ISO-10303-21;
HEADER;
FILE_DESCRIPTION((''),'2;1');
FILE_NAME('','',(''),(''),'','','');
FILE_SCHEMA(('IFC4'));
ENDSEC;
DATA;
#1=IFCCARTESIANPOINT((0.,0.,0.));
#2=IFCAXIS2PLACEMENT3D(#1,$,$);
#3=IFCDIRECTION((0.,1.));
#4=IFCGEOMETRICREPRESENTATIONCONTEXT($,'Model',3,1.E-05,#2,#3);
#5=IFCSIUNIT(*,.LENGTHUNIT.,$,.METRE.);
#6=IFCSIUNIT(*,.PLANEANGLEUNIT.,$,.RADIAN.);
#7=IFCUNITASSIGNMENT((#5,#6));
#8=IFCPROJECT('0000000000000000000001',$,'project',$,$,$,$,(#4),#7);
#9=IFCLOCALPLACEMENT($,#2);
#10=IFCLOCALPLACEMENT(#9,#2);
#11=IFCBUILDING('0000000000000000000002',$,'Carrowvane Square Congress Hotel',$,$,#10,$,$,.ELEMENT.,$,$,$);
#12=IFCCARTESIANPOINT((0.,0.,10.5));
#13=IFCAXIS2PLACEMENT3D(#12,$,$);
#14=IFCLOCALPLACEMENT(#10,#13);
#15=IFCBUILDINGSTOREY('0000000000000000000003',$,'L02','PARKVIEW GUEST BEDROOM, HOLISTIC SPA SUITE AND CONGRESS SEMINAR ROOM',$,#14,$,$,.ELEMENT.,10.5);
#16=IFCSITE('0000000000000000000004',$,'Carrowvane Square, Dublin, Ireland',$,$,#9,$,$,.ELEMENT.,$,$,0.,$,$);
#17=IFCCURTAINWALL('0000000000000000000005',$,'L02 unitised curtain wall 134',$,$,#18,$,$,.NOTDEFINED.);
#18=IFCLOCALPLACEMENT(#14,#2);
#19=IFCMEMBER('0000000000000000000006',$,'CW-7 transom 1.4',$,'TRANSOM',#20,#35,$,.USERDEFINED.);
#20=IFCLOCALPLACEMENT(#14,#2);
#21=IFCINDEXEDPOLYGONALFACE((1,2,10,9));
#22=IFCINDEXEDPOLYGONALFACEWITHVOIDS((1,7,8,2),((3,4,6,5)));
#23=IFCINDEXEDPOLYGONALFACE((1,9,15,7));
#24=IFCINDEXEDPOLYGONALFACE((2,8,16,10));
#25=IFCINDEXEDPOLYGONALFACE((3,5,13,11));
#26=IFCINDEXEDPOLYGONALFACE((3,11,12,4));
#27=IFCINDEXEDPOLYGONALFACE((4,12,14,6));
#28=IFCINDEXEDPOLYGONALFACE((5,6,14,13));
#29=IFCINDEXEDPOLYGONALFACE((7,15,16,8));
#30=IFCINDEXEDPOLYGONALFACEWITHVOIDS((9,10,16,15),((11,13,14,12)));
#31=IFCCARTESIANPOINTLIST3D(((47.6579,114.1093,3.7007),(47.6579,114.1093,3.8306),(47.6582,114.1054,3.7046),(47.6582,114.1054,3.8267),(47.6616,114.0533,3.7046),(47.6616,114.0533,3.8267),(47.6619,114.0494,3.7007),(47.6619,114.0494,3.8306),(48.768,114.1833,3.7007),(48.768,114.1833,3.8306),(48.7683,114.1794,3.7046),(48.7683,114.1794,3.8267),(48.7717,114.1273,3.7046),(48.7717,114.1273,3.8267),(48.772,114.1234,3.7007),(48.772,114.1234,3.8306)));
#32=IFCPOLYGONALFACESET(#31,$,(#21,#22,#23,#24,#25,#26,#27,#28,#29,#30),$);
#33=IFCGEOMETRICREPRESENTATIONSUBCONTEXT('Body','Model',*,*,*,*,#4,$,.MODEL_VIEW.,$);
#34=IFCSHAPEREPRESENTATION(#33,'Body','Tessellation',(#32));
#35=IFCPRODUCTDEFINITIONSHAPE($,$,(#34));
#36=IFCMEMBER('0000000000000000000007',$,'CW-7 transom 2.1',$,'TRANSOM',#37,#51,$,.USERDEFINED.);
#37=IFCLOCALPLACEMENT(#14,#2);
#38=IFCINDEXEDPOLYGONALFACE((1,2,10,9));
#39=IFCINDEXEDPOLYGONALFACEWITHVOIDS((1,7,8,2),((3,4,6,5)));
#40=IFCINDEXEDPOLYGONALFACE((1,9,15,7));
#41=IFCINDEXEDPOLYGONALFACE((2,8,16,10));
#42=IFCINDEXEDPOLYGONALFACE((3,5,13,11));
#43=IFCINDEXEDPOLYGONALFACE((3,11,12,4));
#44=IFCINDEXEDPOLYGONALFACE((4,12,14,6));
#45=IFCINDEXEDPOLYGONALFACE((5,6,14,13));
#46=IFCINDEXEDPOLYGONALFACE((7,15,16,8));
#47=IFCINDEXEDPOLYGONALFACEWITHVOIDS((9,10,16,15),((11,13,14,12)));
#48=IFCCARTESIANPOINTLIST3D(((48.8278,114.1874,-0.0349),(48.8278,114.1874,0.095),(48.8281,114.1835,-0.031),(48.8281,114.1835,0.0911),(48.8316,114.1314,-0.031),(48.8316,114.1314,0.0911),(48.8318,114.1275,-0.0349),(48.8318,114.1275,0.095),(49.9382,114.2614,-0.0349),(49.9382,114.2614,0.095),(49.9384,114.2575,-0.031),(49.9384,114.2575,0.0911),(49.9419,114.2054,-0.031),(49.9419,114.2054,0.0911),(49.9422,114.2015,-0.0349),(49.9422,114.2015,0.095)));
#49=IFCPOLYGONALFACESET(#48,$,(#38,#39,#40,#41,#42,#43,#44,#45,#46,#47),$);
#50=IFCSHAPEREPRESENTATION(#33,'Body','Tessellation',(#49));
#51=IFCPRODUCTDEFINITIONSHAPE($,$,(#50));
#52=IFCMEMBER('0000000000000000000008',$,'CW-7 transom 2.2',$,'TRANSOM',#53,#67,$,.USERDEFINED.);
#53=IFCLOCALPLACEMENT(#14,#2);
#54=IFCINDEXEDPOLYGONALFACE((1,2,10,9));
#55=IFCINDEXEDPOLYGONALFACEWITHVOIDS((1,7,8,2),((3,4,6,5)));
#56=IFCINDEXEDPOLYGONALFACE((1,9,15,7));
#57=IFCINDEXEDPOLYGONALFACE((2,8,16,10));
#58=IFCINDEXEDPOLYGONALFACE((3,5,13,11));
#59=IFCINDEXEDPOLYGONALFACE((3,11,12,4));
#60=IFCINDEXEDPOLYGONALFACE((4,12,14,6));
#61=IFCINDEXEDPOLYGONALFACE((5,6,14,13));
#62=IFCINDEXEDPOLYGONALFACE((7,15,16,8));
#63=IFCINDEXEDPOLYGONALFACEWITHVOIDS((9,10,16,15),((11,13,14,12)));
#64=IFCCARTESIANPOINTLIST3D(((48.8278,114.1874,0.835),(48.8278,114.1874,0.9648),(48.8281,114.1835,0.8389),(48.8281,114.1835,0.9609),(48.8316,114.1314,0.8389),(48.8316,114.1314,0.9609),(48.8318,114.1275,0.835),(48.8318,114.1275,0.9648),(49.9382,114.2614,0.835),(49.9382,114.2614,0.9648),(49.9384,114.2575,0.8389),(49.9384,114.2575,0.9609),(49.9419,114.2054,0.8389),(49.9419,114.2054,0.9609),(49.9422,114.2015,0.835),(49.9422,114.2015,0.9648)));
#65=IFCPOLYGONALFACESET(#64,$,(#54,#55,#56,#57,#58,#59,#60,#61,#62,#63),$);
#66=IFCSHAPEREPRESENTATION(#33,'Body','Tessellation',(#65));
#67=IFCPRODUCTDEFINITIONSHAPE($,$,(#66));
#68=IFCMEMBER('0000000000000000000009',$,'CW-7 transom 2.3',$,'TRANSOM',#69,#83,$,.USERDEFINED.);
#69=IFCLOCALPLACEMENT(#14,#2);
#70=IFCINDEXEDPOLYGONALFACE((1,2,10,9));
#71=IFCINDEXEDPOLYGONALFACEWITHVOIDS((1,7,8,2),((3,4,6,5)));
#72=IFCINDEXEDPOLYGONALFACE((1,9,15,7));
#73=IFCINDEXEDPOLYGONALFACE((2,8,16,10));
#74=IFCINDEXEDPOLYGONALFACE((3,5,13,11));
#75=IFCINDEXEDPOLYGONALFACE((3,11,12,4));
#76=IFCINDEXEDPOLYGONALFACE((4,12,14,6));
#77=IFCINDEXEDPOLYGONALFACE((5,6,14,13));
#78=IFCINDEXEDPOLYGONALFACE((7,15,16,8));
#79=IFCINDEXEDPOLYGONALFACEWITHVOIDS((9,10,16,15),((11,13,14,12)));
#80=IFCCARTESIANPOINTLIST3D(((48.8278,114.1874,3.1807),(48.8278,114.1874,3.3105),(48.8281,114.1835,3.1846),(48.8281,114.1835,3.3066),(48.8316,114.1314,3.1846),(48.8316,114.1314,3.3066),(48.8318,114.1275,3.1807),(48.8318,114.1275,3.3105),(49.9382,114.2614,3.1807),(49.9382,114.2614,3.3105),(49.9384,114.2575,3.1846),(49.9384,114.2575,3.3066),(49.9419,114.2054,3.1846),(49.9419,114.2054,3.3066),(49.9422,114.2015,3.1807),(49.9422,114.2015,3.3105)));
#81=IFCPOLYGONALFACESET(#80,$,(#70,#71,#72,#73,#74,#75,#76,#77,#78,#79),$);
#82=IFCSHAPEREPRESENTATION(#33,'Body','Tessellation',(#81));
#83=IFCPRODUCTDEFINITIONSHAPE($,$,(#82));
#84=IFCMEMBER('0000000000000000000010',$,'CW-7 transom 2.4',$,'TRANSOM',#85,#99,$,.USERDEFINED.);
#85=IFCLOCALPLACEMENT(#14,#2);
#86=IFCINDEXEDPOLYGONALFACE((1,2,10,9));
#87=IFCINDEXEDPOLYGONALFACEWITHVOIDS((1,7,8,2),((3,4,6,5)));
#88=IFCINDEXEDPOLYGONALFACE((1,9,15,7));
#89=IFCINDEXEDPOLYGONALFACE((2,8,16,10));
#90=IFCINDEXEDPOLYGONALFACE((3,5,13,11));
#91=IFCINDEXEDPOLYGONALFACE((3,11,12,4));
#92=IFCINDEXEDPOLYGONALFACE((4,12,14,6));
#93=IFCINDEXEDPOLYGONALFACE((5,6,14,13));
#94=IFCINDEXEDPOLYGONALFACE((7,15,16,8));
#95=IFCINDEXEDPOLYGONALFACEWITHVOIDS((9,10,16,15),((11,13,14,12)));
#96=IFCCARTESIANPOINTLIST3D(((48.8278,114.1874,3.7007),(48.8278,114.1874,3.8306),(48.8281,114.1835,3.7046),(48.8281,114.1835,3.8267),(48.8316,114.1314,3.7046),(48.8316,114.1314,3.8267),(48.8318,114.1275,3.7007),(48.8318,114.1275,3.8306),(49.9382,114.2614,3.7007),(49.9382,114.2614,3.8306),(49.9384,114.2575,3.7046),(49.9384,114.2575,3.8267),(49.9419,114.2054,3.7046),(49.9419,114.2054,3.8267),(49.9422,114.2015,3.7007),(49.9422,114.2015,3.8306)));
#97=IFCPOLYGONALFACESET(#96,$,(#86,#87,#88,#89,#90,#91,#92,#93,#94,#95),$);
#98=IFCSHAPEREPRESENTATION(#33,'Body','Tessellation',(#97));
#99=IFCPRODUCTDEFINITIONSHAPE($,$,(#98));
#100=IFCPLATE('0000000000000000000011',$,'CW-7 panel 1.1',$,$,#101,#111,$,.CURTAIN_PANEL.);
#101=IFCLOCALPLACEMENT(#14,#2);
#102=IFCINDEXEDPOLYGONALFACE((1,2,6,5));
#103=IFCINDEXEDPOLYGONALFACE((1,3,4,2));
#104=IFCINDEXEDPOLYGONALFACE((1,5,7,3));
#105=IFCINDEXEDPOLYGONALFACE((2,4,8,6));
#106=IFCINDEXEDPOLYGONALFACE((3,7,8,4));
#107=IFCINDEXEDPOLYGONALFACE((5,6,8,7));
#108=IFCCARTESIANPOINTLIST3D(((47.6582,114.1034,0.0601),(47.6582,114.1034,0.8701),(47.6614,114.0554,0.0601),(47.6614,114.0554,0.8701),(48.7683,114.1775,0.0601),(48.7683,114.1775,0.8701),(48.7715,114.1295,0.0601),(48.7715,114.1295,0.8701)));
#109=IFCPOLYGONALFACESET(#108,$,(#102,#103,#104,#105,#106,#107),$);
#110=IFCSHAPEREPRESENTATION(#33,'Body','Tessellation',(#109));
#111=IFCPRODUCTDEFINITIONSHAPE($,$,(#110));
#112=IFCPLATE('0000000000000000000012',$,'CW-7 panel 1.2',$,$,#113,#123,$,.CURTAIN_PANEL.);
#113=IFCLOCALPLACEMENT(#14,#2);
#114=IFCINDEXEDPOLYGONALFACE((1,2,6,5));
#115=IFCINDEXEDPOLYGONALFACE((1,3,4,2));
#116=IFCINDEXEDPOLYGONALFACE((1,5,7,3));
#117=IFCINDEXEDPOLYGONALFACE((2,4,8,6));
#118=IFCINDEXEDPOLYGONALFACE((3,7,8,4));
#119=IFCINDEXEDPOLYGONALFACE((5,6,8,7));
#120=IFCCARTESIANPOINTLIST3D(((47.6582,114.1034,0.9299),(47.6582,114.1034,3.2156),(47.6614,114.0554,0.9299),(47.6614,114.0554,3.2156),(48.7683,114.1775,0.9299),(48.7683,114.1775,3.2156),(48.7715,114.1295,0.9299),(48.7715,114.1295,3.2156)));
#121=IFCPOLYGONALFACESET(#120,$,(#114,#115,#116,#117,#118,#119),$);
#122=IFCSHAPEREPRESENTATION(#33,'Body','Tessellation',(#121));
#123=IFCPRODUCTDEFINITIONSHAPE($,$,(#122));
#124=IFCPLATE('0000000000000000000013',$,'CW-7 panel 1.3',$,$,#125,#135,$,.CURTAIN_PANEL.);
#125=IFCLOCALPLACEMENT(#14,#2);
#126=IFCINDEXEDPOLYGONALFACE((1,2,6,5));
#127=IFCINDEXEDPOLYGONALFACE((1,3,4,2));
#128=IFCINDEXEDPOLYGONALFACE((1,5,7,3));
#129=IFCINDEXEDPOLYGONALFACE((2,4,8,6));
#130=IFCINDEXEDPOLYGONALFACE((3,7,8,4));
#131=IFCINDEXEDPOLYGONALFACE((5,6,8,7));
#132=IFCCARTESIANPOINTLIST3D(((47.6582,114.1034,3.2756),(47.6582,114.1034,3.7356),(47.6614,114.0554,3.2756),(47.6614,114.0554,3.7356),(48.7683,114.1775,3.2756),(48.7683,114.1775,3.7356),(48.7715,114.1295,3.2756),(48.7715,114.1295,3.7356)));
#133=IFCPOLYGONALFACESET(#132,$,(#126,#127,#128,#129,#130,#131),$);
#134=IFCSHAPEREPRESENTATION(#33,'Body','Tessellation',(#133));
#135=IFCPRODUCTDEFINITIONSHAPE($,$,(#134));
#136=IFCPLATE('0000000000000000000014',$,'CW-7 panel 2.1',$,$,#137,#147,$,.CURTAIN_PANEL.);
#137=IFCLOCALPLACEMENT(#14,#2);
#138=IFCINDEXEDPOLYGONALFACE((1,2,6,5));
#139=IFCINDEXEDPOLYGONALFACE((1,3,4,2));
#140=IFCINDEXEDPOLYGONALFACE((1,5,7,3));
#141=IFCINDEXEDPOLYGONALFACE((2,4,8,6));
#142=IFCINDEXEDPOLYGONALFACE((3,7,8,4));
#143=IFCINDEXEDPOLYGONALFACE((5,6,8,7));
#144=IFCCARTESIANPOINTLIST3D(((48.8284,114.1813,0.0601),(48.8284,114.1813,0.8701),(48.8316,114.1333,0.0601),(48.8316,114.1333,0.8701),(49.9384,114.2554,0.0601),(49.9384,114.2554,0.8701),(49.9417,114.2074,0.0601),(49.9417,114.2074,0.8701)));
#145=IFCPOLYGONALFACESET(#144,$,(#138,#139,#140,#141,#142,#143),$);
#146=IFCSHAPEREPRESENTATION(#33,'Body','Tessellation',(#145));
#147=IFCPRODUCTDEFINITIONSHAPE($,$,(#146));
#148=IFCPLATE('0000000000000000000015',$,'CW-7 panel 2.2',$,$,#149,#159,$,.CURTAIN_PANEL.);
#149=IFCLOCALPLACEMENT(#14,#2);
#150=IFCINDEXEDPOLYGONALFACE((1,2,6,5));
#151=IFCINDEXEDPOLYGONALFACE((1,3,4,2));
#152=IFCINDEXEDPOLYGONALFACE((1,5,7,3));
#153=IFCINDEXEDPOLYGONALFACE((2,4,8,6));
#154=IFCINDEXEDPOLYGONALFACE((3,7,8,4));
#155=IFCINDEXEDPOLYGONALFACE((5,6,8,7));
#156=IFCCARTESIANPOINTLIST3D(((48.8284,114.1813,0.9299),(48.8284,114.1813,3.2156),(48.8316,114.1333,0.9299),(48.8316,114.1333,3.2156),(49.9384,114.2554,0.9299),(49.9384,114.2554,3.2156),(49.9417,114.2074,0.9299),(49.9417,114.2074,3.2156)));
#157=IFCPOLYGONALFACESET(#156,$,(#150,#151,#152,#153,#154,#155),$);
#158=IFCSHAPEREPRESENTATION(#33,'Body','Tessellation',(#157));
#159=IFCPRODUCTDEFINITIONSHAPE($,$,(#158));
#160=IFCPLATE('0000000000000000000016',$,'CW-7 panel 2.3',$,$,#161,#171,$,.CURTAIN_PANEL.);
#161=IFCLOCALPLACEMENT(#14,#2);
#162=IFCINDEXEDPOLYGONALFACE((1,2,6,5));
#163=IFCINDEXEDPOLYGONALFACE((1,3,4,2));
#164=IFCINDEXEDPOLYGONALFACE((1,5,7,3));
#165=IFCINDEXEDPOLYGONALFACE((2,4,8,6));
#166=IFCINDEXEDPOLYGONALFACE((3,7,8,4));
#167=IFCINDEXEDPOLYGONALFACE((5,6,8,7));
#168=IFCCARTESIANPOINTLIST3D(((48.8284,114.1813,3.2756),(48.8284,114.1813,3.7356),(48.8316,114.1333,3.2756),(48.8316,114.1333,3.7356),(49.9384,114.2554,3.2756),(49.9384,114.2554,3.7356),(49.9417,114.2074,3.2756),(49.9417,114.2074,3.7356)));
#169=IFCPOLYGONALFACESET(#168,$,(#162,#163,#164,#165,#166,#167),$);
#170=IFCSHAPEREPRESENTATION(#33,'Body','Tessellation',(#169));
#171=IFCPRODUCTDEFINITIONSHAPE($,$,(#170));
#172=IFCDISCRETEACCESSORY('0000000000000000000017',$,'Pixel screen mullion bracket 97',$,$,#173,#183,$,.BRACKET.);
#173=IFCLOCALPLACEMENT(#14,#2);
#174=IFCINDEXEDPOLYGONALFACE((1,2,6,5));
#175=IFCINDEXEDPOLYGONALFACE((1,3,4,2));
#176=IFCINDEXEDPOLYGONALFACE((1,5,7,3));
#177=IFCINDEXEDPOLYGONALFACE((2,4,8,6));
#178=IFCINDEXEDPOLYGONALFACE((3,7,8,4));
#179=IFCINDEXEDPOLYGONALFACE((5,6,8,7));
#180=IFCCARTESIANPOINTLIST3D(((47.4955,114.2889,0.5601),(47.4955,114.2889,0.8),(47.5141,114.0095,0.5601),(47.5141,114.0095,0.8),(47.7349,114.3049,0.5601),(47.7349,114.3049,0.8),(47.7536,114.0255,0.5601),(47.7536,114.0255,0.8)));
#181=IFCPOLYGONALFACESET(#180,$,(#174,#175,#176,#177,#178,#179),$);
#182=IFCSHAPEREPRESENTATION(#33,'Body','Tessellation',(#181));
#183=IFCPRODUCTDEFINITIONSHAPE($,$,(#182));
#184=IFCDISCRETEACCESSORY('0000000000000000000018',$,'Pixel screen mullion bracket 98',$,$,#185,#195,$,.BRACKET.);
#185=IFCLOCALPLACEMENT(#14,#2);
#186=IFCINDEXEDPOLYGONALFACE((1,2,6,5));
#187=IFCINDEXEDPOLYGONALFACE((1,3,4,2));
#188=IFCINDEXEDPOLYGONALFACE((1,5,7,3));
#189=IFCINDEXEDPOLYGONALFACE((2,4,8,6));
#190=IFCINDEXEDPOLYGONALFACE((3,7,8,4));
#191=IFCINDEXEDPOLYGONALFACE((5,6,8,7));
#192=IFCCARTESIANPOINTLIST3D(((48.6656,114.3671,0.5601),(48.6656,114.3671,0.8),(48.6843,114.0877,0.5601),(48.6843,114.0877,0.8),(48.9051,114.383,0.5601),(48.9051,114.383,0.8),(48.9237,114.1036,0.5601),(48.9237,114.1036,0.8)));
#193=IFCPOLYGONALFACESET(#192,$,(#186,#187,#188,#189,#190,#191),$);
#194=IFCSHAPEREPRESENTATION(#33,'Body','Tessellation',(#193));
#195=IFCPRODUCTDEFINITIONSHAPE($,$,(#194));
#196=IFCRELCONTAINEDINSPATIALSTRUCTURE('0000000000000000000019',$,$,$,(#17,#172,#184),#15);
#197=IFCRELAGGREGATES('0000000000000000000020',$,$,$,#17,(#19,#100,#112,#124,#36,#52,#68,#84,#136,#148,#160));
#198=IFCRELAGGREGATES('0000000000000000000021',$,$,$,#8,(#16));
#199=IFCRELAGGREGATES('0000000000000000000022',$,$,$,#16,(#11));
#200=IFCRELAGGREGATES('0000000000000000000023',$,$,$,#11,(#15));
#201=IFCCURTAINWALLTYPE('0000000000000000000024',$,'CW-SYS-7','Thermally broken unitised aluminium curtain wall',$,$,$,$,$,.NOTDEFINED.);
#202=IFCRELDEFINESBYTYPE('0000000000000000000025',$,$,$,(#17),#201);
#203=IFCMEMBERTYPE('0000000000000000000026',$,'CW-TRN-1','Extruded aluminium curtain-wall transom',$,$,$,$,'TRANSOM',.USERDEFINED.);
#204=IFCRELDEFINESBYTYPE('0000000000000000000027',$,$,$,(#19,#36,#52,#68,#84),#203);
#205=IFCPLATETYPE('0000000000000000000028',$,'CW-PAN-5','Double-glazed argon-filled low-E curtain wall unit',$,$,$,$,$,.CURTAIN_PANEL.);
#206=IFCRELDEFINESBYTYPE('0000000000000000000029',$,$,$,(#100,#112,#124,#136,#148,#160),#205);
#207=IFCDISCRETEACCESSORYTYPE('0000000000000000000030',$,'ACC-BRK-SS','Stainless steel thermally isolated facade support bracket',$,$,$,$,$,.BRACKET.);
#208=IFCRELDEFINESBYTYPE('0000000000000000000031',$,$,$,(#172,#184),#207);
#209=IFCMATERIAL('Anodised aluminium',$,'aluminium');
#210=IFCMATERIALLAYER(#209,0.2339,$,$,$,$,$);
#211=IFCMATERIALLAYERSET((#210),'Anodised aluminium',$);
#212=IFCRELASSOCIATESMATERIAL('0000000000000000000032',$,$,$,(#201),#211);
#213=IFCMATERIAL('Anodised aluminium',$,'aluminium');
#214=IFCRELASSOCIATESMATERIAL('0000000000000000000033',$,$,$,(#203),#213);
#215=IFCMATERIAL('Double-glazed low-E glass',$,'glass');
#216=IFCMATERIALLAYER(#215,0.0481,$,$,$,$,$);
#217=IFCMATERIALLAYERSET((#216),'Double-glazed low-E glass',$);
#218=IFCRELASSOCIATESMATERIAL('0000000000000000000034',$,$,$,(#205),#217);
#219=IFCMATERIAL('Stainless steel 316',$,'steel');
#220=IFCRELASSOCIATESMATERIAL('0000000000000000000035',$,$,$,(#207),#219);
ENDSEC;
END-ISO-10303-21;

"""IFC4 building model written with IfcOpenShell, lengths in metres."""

from ifc_helpers import new_model, si_unit, direction, frame, origin, origin_2d, place, context, subcontext, project, spatial, rectangle, hollow_rectangle, extrude, material, layer, layer_set, material_profile, profile_set, type_object, element, aggregate, save


model = new_model("IFC4")

# Units and contexts
model_context = context("Model", 3, precision=1e-05, world=origin(), true_north=direction((0.0, 1.0)))
body_context = subcontext(model_context, "Body", "Model", "MODEL_VIEW")
ifc_project = project(units=[si_unit("LENGTHUNIT", "METRE"), si_unit("PLANEANGLEUNIT", "RADIAN")], contexts=[model_context])

# Site, building, storey
site_placement = place(None, origin())
site = spatial("IfcSite", under=ifc_project, at=site_placement, Name="Carrowvane Square, Dublin, Ireland", CompositionType="ELEMENT", RefElevation=0.0)
building_placement = place(site_placement, origin())
building = spatial("IfcBuilding", under=site, at=building_placement, Name="Carrowvane Square Congress Hotel", CompositionType="ELEMENT")
storey_placement = place(building_placement, frame((0.0, 0.0, 10.5)))
storey = spatial("IfcBuildingStorey", under=building, at=storey_placement, Name="L02", Description="PARKVIEW GUEST BEDROOM, HOLISTIC SPA SUITE AND CONGRESS SEMINAR ROOM", CompositionType="ELEMENT", Elevation=10.5)

# Curtain wall, members, plates
ifc_material_1 = material(Name="Anodised aluminium", Category="aluminium")
ifc_layer_1 = layer(ifc_material_1, 0.2339)
ifc_layer_set_1 = layer_set([ifc_layer_1], Name="Anodised aluminium")
curtain_wall_type = type_object("IfcCurtainWallType", Name="CW-SYS-7", Description="Thermally broken unitised aluminium curtain wall", PredefinedType="NOTDEFINED", material=ifc_layer_set_1)
curtain_wall_placement = place(storey_placement, origin())
curtain_wall = element("IfcCurtainWall", 1, at=curtain_wall_placement, inside=storey, type_object=curtain_wall_type, Name="L02 unitised curtain wall 134", PredefinedType="NOTDEFINED")
ifc_material_2 = material(Name="Anodised aluminium", Category="aluminium")
ifc_material_profile_1 = material_profile(ifc_material_2, hollow_rectangle(XDim=0.0601, YDim=0.1299, WallThickness=0.0039, at=origin_2d()), Name="CW-TR 60x130x4")
ifc_profile_set_1 = profile_set([ifc_material_profile_1], Name="Anodised aluminium")
member_type_1 = type_object("IfcMemberType", Name="CW-TRN-1", Description="Extruded aluminium curtain-wall transom", ElementType="TRANSOM", PredefinedType="USERDEFINED", material=ifc_profile_set_1)
member_1_placement = place(storey_placement, frame((47.6599, 114.0793, 3.7656), z_axis=(0.997787, 0.06649, 0.0), x_axis=(-0.06649, 0.997787, 0.0)))
member_1 = element("IfcMember", 2, at=member_1_placement, type_object=member_type_1, Name="CW-7 transom 1.4", ObjectType="TRANSOM", PredefinedType="USERDEFINED", context=body_context, shape_type="SweptSolid", body=[
    extrude(hollow_rectangle(XDim=0.0601, YDim=0.1299, WallThickness=0.0039, at=origin_2d()), origin(), (0.0, 0.0, 1.0), 1.1125),
])
member_2_placement = place(storey_placement, frame((48.8298, 114.1575, 0.03), z_axis=(0.997788, 0.066475, 0.0), x_axis=(-0.066475, 0.997788, 0.0)))
member_2 = element("IfcMember", 3, at=member_2_placement, type_object=member_type_1, Name="CW-7 transom 2.1", ObjectType="TRANSOM", PredefinedType="USERDEFINED", context=body_context, shape_type="SweptSolid", body=[
    extrude(hollow_rectangle(XDim=0.0601, YDim=0.1299, WallThickness=0.0039, at=origin_2d()), origin(), (0.0, 0.0, 1.0), 1.1128),
])
member_3_placement = place(storey_placement, frame((48.8298, 114.1575, 0.8999), z_axis=(0.997788, 0.066475, 0.0), x_axis=(-0.066475, 0.997788, 0.0)))
member_3 = element("IfcMember", 4, at=member_3_placement, type_object=member_type_1, Name="CW-7 transom 2.2", ObjectType="TRANSOM", PredefinedType="USERDEFINED", context=body_context, shape_type="SweptSolid", body=[
    extrude(hollow_rectangle(XDim=0.0601, YDim=0.1299, WallThickness=0.0039, at=origin_2d()), origin(), (0.0, 0.0, 1.0), 1.1128),
])
member_4_placement = place(storey_placement, frame((48.8298, 114.1575, 3.2456), z_axis=(0.997788, 0.066475, 0.0), x_axis=(-0.066475, 0.997788, 0.0)))
member_4 = element("IfcMember", 5, at=member_4_placement, type_object=member_type_1, Name="CW-7 transom 2.3", ObjectType="TRANSOM", PredefinedType="USERDEFINED", context=body_context, shape_type="SweptSolid", body=[
    extrude(hollow_rectangle(XDim=0.0601, YDim=0.1299, WallThickness=0.0039, at=origin_2d()), origin(), (0.0, 0.0, 1.0), 1.1128),
])
member_5_placement = place(storey_placement, frame((48.8298, 114.1575, 3.7656), z_axis=(0.997788, 0.066475, 0.0), x_axis=(-0.066475, 0.997788, 0.0)))
member_5 = element("IfcMember", 6, at=member_5_placement, type_object=member_type_1, Name="CW-7 transom 2.4", ObjectType="TRANSOM", PredefinedType="USERDEFINED", context=body_context, shape_type="SweptSolid", body=[
    extrude(hollow_rectangle(XDim=0.0601, YDim=0.1299, WallThickness=0.0039, at=origin_2d()), origin(), (0.0, 0.0, 1.0), 1.1128),
])
ifc_material_3 = material(Name="Double-glazed low-E glass", Category="glass")
ifc_layer_2 = layer(ifc_material_3, 0.0481)
ifc_layer_set_2 = layer_set([ifc_layer_2], Name="Double-glazed low-E glass")
plate_type = type_object("IfcPlateType", Name="CW-PAN-5", Description="Double-glazed argon-filled low-E curtain wall unit", PredefinedType="CURTAIN_PANEL", material=ifc_layer_set_2)
plate_1_placement = place(storey_placement, frame((48.2148, 114.1165, 0.0601), z_axis=(0.0, 0.0, 1.0), x_axis=(0.997781, 0.066578, 0.0)))
plate_1 = element("IfcPlate", 7, at=plate_1_placement, type_object=plate_type, Name="CW-7 panel 1.1", PredefinedType="CURTAIN_PANEL", context=body_context, shape_type="SweptSolid", body=[
    extrude(rectangle(XDim=1.1125, YDim=0.0481, at=origin_2d()), origin(), (0.0, 0.0, 1.0), 0.8101),
])
plate_2_placement = place(storey_placement, frame((48.2148, 114.1165, 0.9299), z_axis=(0.0, 0.0, 1.0), x_axis=(0.997781, 0.066578, 0.0)))
plate_2 = element("IfcPlate", 8, at=plate_2_placement, type_object=plate_type, Name="CW-7 panel 1.2", PredefinedType="CURTAIN_PANEL", context=body_context, shape_type="SweptSolid", body=[
    extrude(rectangle(XDim=1.1125, YDim=0.0481, at=origin_2d()), origin(), (0.0, 0.0, 1.0), 2.2856),
])
plate_3_placement = place(storey_placement, frame((48.2148, 114.1165, 3.2756), z_axis=(0.0, 0.0, 1.0), x_axis=(0.997781, 0.066578, 0.0)))
plate_3 = element("IfcPlate", 9, at=plate_3_placement, type_object=plate_type, Name="CW-7 panel 1.3", PredefinedType="CURTAIN_PANEL", context=body_context, shape_type="SweptSolid", body=[
    extrude(rectangle(XDim=1.1125, YDim=0.0481, at=origin_2d()), origin(), (0.0, 0.0, 1.0), 0.46),
])
plate_4_placement = place(storey_placement, frame((49.385, 114.1943, 0.0601), z_axis=(0.0, 0.0, 1.0), x_axis=(0.997781, 0.066578, 0.0)))
plate_4 = element("IfcPlate", 10, at=plate_4_placement, type_object=plate_type, Name="CW-7 panel 2.1", PredefinedType="CURTAIN_PANEL", context=body_context, shape_type="SweptSolid", body=[
    extrude(rectangle(XDim=1.1125, YDim=0.0481, at=origin_2d()), origin(), (0.0, 0.0, 1.0), 0.8101),
])
plate_5_placement = place(storey_placement, frame((49.385, 114.1943, 0.9299), z_axis=(0.0, 0.0, 1.0), x_axis=(0.997781, 0.066578, 0.0)))
plate_5 = element("IfcPlate", 11, at=plate_5_placement, type_object=plate_type, Name="CW-7 panel 2.2", PredefinedType="CURTAIN_PANEL", context=body_context, shape_type="SweptSolid", body=[
    extrude(rectangle(XDim=1.1125, YDim=0.0481, at=origin_2d()), origin(), (0.0, 0.0, 1.0), 2.2856),
])
plate_6_placement = place(storey_placement, frame((49.385, 114.1943, 3.2756), z_axis=(0.0, 0.0, 1.0), x_axis=(0.997781, 0.066578, 0.0)))
plate_6 = element("IfcPlate", 12, at=plate_6_placement, type_object=plate_type, Name="CW-7 panel 2.3", PredefinedType="CURTAIN_PANEL", context=body_context, shape_type="SweptSolid", body=[
    extrude(rectangle(XDim=1.1125, YDim=0.0481, at=origin_2d()), origin(), (0.0, 0.0, 1.0), 0.46),
])
aggregate(curtain_wall, [member_1, plate_1, plate_2, plate_3, member_2, member_3, member_4, member_5, plate_4, plate_5, plate_6])

# Discrete accessories
ifc_material_4 = material(Name="Stainless steel 316", Category="steel")
discrete_accessory_type = type_object("IfcDiscreteAccessoryType", Name="ACC-BRK-SS", Description="Stainless steel thermally isolated facade support bracket", PredefinedType="BRACKET", material=ifc_material_4)
for number, where, z_axis, x_axis, name in (
    (13, (47.6245, 114.1572, 0.5601), (0.0, 0.0, 1.0), (0.997781, 0.066574, 0.0), "Pixel screen mullion bracket 97"),
    (14, (48.7947, 114.2354, 0.5601), (0.0, 0.0, 1.0), (0.997781, 0.066574, 0.0), "Pixel screen mullion bracket 98"),
):
    element("IfcDiscreteAccessory", number, at=place(storey_placement, frame(where, z_axis=z_axis, x_axis=x_axis)), inside=storey, type_object=discrete_accessory_type, Name=name, PredefinedType="BRACKET", context=body_context, shape_type="SweptSolid", body=[
        extrude(rectangle(XDim=0.24, YDim=0.28, at=origin_2d()), origin(), (0.0, 0.0, 1.0), 0.24),
    ])

save(model, "model.ifc")
